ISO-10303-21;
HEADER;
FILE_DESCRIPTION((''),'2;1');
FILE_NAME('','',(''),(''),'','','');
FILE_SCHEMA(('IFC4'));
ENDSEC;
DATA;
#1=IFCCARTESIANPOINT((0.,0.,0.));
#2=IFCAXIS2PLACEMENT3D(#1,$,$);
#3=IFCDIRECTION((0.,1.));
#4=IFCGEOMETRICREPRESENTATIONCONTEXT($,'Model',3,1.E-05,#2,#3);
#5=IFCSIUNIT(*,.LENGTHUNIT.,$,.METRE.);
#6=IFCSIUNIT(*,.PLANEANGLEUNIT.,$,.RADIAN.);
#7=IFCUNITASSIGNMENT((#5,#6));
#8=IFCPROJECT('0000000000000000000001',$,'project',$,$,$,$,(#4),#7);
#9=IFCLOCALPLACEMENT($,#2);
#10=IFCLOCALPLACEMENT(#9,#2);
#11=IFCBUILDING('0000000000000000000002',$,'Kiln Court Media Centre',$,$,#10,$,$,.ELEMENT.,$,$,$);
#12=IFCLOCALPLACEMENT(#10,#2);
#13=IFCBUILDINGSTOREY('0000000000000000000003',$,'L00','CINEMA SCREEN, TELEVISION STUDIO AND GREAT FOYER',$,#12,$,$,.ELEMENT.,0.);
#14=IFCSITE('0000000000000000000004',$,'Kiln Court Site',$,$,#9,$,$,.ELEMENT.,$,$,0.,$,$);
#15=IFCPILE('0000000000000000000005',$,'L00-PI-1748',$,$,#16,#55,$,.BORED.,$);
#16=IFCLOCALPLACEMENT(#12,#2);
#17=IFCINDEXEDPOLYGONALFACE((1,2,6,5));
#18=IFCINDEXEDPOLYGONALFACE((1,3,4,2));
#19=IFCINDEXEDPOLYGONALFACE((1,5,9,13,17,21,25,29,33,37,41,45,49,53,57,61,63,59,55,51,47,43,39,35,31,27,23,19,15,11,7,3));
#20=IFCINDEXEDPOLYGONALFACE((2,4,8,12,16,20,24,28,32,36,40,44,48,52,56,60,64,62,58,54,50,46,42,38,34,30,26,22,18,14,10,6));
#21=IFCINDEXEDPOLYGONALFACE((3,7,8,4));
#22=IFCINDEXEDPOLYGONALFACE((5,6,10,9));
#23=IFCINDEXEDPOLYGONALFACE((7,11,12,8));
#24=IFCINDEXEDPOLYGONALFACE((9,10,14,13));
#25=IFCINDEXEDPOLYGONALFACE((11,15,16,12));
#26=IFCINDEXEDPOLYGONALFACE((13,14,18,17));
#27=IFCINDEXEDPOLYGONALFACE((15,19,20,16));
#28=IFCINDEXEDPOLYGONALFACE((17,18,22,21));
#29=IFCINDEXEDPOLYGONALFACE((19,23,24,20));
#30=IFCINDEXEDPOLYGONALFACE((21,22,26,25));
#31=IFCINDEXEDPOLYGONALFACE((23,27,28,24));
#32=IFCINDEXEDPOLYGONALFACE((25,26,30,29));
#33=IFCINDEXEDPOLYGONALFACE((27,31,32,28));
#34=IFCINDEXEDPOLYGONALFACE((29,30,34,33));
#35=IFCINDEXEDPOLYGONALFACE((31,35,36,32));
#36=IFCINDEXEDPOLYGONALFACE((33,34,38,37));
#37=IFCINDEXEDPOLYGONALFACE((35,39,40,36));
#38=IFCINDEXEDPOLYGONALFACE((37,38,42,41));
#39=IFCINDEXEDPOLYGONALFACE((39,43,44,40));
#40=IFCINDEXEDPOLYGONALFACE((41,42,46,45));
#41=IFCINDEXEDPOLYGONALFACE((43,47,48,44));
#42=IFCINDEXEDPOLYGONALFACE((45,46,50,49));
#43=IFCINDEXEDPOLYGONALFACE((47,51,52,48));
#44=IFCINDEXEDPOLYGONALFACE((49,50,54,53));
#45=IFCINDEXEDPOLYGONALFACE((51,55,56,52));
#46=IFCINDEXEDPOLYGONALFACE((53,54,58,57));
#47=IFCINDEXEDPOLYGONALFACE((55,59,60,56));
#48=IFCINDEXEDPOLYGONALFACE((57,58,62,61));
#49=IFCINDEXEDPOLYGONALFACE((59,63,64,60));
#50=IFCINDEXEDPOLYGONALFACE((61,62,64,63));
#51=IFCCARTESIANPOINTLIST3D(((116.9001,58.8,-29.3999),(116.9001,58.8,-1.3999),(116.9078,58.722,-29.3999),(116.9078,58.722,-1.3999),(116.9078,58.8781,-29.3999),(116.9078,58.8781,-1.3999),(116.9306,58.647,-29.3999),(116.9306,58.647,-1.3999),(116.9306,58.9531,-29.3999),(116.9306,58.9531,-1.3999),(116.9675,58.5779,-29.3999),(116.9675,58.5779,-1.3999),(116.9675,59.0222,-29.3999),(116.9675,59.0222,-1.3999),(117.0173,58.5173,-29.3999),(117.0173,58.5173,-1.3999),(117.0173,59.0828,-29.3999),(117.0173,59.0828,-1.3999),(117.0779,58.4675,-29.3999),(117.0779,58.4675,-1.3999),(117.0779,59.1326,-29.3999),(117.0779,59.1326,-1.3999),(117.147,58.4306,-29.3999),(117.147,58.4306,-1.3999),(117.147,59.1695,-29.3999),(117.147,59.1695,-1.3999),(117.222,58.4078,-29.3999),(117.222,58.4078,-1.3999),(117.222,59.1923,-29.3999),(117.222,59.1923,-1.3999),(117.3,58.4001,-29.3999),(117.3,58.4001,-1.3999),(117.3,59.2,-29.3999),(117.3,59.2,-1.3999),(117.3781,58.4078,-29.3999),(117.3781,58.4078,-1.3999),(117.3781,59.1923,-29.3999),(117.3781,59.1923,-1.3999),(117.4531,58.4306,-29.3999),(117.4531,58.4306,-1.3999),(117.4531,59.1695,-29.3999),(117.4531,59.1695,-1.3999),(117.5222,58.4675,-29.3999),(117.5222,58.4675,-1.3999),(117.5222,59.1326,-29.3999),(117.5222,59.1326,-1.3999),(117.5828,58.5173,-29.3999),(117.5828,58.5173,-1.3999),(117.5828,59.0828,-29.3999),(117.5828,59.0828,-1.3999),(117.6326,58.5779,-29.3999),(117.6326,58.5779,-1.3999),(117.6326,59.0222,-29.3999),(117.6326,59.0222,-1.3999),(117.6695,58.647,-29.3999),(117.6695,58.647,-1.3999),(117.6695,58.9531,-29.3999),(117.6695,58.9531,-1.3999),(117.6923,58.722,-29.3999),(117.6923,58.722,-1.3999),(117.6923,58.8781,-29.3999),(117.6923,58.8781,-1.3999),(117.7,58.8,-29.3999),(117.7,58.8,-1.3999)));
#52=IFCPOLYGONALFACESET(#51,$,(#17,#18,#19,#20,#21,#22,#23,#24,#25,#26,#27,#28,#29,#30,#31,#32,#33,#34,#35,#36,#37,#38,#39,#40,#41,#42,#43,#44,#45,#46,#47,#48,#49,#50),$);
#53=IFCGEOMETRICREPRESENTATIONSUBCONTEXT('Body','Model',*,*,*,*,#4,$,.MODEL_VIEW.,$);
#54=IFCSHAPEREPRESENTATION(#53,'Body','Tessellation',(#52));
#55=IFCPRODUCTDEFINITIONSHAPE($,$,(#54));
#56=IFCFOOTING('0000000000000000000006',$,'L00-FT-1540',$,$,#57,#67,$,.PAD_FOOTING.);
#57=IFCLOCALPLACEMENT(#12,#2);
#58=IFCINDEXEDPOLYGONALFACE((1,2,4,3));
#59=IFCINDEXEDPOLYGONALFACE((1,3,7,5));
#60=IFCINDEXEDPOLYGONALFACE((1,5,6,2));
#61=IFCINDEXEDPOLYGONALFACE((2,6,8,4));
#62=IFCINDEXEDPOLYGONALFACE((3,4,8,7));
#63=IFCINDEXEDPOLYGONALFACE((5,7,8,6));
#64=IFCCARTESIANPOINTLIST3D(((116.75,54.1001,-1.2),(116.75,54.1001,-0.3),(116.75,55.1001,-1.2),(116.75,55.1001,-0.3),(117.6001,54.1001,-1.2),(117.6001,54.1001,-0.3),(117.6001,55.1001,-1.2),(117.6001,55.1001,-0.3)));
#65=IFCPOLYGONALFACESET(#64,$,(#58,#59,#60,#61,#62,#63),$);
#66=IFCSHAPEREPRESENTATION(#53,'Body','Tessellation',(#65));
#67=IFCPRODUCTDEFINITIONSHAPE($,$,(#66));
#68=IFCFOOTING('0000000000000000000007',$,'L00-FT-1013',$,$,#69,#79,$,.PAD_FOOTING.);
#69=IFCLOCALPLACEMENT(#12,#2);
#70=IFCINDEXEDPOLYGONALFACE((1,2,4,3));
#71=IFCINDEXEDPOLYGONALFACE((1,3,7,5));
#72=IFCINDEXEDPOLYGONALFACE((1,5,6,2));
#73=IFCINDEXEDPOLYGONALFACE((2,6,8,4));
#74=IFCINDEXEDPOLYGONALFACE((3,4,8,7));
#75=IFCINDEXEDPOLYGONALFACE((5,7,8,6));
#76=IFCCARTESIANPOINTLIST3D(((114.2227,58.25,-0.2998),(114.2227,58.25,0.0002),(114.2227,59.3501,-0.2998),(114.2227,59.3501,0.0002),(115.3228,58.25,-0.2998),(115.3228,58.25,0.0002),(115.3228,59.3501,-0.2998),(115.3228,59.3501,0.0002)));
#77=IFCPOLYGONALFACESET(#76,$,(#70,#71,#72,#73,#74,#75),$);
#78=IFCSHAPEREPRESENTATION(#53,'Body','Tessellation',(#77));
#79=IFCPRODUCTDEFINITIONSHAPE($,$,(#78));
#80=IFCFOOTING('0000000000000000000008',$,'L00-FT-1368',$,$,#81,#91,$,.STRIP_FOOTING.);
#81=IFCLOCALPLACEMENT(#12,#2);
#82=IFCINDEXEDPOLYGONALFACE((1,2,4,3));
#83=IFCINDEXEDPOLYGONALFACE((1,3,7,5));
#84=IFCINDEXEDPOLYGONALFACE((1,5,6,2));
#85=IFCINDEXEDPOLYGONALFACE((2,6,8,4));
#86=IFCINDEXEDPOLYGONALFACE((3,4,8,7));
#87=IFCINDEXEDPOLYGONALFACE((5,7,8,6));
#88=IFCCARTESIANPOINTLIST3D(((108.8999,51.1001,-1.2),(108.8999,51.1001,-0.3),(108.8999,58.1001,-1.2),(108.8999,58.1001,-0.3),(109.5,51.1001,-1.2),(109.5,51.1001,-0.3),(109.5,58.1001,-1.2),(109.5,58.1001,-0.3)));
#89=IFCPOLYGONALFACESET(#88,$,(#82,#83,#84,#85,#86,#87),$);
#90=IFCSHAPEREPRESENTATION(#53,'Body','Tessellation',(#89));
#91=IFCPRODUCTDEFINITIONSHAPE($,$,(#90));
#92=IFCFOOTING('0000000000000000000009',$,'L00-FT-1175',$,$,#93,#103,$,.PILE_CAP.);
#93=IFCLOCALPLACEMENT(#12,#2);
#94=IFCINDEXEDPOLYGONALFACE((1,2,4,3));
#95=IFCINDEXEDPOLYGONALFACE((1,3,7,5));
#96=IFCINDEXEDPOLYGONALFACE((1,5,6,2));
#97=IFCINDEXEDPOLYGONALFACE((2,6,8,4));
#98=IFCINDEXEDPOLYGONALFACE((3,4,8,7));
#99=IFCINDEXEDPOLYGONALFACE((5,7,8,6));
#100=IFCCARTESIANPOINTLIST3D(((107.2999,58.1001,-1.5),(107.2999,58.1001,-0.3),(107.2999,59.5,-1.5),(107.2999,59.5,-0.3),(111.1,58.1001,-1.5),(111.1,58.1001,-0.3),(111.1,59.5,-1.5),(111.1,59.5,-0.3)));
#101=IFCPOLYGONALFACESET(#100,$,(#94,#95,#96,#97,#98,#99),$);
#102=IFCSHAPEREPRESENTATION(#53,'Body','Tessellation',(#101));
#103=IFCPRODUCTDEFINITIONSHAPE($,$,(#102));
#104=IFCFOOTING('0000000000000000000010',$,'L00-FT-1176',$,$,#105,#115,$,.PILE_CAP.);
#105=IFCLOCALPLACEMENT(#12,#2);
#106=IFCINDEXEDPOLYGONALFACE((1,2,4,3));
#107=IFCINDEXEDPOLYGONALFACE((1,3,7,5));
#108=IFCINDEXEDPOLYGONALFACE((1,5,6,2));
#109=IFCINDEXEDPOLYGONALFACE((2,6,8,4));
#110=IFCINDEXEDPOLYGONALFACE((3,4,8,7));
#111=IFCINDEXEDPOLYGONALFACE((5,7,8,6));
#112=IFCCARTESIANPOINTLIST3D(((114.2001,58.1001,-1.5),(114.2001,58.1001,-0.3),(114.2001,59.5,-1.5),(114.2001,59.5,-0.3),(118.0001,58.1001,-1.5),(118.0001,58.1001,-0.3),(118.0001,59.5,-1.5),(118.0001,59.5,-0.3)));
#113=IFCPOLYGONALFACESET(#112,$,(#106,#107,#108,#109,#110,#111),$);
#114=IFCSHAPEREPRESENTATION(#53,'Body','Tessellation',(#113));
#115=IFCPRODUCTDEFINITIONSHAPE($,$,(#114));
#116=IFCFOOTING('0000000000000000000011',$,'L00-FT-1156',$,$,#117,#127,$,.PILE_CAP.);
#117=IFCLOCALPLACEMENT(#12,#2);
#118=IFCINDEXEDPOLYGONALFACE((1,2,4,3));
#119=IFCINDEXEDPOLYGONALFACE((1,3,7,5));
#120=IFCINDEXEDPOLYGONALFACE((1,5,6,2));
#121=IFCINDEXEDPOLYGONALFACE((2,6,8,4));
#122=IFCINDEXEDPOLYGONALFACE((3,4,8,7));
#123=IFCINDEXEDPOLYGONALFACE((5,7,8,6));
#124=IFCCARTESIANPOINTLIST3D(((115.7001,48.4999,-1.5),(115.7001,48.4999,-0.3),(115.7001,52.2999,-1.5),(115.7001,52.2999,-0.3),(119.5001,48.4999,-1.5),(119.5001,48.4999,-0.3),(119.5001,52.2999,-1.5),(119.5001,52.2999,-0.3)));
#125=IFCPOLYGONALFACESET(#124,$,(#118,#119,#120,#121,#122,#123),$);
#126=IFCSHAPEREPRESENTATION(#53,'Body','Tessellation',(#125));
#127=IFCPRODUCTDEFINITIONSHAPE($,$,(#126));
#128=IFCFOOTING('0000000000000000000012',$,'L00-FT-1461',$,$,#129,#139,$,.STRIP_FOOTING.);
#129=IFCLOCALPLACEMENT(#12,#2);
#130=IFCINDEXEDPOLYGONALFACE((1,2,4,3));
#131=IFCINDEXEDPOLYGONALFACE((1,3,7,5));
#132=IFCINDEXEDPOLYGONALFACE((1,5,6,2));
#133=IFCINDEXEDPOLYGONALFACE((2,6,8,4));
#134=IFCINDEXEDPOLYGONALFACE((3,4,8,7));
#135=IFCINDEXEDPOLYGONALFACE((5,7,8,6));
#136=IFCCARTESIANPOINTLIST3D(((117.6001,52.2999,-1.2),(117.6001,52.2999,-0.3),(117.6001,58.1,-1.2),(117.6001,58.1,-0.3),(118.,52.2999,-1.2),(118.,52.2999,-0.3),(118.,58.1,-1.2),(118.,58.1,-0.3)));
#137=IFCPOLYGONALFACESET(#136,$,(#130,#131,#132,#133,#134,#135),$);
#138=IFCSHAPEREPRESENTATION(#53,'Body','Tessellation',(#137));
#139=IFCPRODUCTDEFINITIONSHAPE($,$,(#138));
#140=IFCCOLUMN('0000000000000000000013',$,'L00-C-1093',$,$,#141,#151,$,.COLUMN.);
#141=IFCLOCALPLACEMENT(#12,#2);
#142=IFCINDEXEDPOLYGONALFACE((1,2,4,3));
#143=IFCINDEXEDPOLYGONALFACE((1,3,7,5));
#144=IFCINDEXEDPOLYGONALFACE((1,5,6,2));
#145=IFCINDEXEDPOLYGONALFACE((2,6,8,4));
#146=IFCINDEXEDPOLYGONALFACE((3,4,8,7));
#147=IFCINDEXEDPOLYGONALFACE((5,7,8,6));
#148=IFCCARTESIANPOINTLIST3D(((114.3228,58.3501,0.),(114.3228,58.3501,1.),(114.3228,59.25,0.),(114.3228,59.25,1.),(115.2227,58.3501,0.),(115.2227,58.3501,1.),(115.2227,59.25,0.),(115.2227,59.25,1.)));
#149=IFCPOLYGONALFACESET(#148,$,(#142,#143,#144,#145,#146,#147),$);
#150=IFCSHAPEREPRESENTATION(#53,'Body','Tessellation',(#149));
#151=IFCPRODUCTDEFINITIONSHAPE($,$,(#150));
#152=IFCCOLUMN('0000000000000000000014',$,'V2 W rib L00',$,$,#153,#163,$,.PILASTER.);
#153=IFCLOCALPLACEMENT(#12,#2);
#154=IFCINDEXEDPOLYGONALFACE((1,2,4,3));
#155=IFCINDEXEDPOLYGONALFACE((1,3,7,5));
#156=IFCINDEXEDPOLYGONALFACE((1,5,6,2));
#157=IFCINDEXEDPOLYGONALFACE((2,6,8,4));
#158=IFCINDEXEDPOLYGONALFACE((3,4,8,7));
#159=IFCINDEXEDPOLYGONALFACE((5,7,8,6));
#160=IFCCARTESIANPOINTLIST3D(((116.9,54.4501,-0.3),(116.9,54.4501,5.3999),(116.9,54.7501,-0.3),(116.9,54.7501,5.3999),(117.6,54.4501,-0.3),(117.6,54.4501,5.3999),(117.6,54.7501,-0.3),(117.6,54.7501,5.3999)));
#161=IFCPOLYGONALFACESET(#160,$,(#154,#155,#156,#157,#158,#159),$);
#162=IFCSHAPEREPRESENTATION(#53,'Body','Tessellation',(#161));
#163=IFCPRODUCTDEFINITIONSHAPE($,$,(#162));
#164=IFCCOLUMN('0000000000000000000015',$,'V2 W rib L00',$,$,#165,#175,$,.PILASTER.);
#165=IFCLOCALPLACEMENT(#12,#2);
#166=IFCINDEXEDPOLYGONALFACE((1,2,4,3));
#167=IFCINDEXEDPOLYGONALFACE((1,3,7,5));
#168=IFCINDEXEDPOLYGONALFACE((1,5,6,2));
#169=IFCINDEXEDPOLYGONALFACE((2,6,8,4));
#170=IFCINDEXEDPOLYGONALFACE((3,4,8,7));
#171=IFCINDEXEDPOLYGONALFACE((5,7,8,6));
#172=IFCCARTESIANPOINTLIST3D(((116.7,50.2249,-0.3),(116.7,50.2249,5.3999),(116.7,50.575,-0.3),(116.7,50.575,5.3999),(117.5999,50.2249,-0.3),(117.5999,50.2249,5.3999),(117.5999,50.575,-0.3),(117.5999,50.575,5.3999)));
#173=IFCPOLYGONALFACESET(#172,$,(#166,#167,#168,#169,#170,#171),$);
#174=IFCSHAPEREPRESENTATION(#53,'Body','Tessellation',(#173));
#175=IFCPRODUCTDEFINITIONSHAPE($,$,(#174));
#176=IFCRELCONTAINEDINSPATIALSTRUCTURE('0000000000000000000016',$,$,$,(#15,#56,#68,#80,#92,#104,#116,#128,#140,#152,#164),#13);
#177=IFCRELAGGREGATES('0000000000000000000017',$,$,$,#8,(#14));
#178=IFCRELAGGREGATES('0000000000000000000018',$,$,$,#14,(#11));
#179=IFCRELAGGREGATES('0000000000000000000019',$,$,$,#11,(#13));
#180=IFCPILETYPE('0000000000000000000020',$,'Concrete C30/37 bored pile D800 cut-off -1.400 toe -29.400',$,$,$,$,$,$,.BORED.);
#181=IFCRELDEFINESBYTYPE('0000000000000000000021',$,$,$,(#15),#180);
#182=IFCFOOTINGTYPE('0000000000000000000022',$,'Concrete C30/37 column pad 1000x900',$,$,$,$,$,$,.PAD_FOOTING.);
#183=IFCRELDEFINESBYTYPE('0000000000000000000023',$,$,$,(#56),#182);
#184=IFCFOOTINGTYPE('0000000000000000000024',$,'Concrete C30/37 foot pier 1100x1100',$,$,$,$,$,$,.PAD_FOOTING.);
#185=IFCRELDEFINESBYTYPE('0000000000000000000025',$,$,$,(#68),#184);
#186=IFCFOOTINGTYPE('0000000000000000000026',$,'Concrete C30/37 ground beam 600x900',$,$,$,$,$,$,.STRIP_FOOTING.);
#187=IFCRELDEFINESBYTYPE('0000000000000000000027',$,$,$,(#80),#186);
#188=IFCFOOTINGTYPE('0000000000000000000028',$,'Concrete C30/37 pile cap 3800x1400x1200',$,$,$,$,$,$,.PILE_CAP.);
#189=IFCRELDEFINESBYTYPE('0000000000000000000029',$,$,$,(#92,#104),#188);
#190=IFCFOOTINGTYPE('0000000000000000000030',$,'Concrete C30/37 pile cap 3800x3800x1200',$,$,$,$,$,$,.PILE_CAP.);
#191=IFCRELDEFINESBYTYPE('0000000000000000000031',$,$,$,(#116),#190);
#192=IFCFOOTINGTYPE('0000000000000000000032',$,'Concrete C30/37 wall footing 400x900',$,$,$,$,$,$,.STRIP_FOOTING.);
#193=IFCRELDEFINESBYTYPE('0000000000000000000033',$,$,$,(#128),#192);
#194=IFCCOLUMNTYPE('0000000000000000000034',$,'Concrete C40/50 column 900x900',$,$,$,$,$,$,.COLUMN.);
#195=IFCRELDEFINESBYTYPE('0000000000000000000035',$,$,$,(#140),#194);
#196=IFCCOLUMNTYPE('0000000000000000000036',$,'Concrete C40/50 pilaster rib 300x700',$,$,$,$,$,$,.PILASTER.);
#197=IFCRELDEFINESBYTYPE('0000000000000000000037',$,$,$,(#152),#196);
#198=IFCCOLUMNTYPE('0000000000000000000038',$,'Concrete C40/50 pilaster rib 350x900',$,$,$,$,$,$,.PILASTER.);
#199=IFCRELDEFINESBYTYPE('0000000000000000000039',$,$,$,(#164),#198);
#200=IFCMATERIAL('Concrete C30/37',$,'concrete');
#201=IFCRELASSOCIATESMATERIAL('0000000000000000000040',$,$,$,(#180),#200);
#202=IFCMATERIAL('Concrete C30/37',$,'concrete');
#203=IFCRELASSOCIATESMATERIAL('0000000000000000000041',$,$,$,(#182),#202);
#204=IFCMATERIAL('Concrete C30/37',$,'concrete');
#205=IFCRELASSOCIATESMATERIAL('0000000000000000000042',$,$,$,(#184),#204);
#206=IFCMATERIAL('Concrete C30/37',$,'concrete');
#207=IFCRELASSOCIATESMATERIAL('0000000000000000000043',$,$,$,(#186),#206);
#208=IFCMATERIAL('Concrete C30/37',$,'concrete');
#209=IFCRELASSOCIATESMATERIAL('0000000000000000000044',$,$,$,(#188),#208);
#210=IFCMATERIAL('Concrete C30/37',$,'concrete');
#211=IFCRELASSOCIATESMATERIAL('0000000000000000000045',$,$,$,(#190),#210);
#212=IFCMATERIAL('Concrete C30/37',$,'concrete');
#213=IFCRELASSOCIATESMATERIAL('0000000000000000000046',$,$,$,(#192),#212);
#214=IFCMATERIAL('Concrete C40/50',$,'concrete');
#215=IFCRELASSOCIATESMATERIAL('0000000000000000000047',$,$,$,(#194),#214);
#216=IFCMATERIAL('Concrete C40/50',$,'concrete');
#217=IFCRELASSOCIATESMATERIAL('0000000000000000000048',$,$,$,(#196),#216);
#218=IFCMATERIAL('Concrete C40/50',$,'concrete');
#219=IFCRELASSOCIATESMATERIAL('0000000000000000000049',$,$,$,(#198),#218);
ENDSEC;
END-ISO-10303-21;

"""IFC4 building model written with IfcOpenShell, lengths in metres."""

from ifc_helpers import new_model, si_unit, direction, frame, origin, origin_2d, place, context, subcontext, project, spatial, rectangle, circle, extrude, material, material_profile, profile_set, type_object, element, save


model = new_model("IFC4")

# Units and contexts
model_context = context("Model", 3, precision=1e-05, world=origin(), true_north=direction((0.0, 1.0)))
body_context = subcontext(model_context, "Body", "Model", "MODEL_VIEW")
ifc_project = project(units=[si_unit("LENGTHUNIT", "METRE"), si_unit("PLANEANGLEUNIT", "RADIAN")], contexts=[model_context])

# Site, building, storey
site_placement = place(None, origin())
site = spatial("IfcSite", under=ifc_project, at=site_placement, Name="Kiln Court Site", CompositionType="ELEMENT", RefElevation=0.0)
building_placement = place(site_placement, origin())
building = spatial("IfcBuilding", under=site, at=building_placement, Name="Kiln Court Media Centre", CompositionType="ELEMENT")
storey_placement = place(building_placement, origin())
storey = spatial("IfcBuildingStorey", under=building, at=storey_placement, Name="L00", Description="CINEMA SCREEN, TELEVISION STUDIO AND GREAT FOYER", CompositionType="ELEMENT", Elevation=0.0)

# Pile
ifc_material_1 = material(Name="Concrete C30/37", Category="concrete")
ifc_material_profile_1 = material_profile(ifc_material_1, circle(Radius=0.3999, at=origin_2d()), Name="PILE D800")
ifc_profile_set_1 = profile_set([ifc_material_profile_1], Name="Concrete C30/37")
pile_type = type_object("IfcPileType", Name="Concrete C30/37 bored pile D800 cut-off -1.400 toe -29.400", PredefinedType="BORED", material=ifc_profile_set_1)
for number, where, z_axis, x_axis, name in (
    (1, (117.3, 58.8, -1.3999), (0.0, 0.0, -1.0), (1.0, 0.0, 0.0), "L00-PI-1748"),
):
    element("IfcPile", number, at=place(storey_placement, frame(where, z_axis=z_axis, x_axis=x_axis)), inside=storey, type_object=pile_type, Name=name, PredefinedType="BORED", context=body_context, shape_type="SweptSolid", body=[
        extrude(circle(Radius=0.3999, at=origin_2d()), origin(), (0.0, 0.0, 1.0), 28.0),
    ])

# Footings
ifc_material_2 = material(Name="Concrete C30/37", Category="concrete")
footing_type_1 = type_object("IfcFootingType", Name="Concrete C30/37 column pad 1000x900", PredefinedType="PAD_FOOTING", material=ifc_material_2)
footing_1_placement = place(storey_placement, frame((117.175, 54.6001, -1.2), z_axis=(0.0, 0.0, 1.0), x_axis=(1.0, 0.0, 0.0)))
element("IfcFooting", 2, at=footing_1_placement, inside=storey, type_object=footing_type_1, Name="L00-FT-1540", PredefinedType="PAD_FOOTING", context=body_context, shape_type="SweptSolid", body=[
    extrude(rectangle(XDim=0.8501, YDim=1.0, at=origin_2d()), origin(), (0.0, 0.0, 1.0), 0.8999),
])
ifc_material_3 = material(Name="Concrete C30/37", Category="concrete")
footing_type_2 = type_object("IfcFootingType", Name="Concrete C30/37 foot pier 1100x1100", PredefinedType="PAD_FOOTING", material=ifc_material_3)
footing_2_placement = place(storey_placement, frame((114.7727, 58.8, -0.2998), z_axis=(0.0, 0.0, 1.0), x_axis=(1.0, 0.0, 0.0)))
element("IfcFooting", 3, at=footing_2_placement, inside=storey, type_object=footing_type_2, Name="L00-FT-1013", PredefinedType="PAD_FOOTING", context=body_context, shape_type="SweptSolid", body=[
    extrude(rectangle(XDim=1.1001, YDim=1.1001, at=origin_2d()), origin(), (0.0, 0.0, 1.0), 0.3),
])
ifc_material_4 = material(Name="Concrete C30/37", Category="concrete")
footing_type_3 = type_object("IfcFootingType", Name="Concrete C30/37 ground beam 600x900", PredefinedType="STRIP_FOOTING", material=ifc_material_4)
footing_3_placement = place(storey_placement, frame((109.2, 54.6001, -1.2), z_axis=(0.0, 0.0, 1.0), x_axis=(1.0, 0.0, 0.0)))
element("IfcFooting", 4, at=footing_3_placement, inside=storey, type_object=footing_type_3, Name="L00-FT-1368", PredefinedType="STRIP_FOOTING", context=body_context, shape_type="SweptSolid", body=[
    extrude(rectangle(XDim=0.6001, YDim=7.0, at=origin_2d()), origin(), (0.0, 0.0, 1.0), 0.8999),
])
ifc_material_5 = material(Name="Concrete C30/37", Category="concrete")
footing_type_4 = type_object("IfcFootingType", Name="Concrete C30/37 pile cap 3800x1400x1200", PredefinedType="PILE_CAP", material=ifc_material_5)
for number, where, z_axis, x_axis, name in (
    (5, (109.2, 58.8, -1.5), (0.0, 0.0, 1.0), (1.0, 0.0, 0.0), "L00-FT-1175"),
    (6, (116.1001, 58.8, -1.5), (0.0, 0.0, 1.0), (1.0, 0.0, 0.0), "L00-FT-1176"),
):
    element("IfcFooting", number, at=place(storey_placement, frame(where, z_axis=z_axis, x_axis=x_axis)), inside=storey, type_object=footing_type_4, Name=name, PredefinedType="PILE_CAP", context=body_context, shape_type="SweptSolid", body=[
        extrude(rectangle(XDim=3.8, YDim=1.3999, at=origin_2d()), origin(), (0.0, 0.0, 1.0), 1.2),
    ])
ifc_material_6 = material(Name="Concrete C30/37", Category="concrete")
footing_type_5 = type_object("IfcFootingType", Name="Concrete C30/37 pile cap 3800x3800x1200", PredefinedType="PILE_CAP", material=ifc_material_6)
footing_4_placement = place(storey_placement, frame((117.6001, 50.3999, -1.5), z_axis=(0.0, 0.0, 1.0), x_axis=(1.0, 0.0, 0.0)))
element("IfcFooting", 7, at=footing_4_placement, inside=storey, type_object=footing_type_5, Name="L00-FT-1156", PredefinedType="PILE_CAP", context=body_context, shape_type="SweptSolid", body=[
    extrude(rectangle(XDim=3.8, YDim=3.8, at=origin_2d()), origin(), (0.0, 0.0, 1.0), 1.2),
])
ifc_material_7 = material(Name="Concrete C30/37", Category="concrete")
footing_type_6 = type_object("IfcFootingType", Name="Concrete C30/37 wall footing 400x900", PredefinedType="STRIP_FOOTING", material=ifc_material_7)
footing_5_placement = place(storey_placement, frame((117.8, 55.2, -1.2), z_axis=(0.0, 0.0, 1.0), x_axis=(1.0, 0.0, 0.0)))
element("IfcFooting", 8, at=footing_5_placement, inside=storey, type_object=footing_type_6, Name="L00-FT-1461", PredefinedType="STRIP_FOOTING", context=body_context, shape_type="SweptSolid", body=[
    extrude(rectangle(XDim=0.3999, YDim=5.8, at=origin_2d()), origin(), (0.0, 0.0, 1.0), 0.8999),
])

# Columns
ifc_material_8 = material(Name="Concrete C40/50", Category="concrete")
ifc_material_profile_2 = material_profile(ifc_material_8, rectangle(XDim=0.8999, YDim=0.8999, at=origin_2d()), Name="RC 900x900")
ifc_profile_set_2 = profile_set([ifc_material_profile_2], Name="Concrete C40/50")
column_type_1 = type_object("IfcColumnType", Name="Concrete C40/50 column 900x900", PredefinedType="COLUMN", material=ifc_profile_set_2)
column_1_placement = place(storey_placement, frame((114.7727, 58.8, 0.0), z_axis=(0.0, 0.0, 1.0), x_axis=(1.0, 0.0, 0.0)))
element("IfcColumn", 9, at=column_1_placement, inside=storey, type_object=column_type_1, Name="L00-C-1093", PredefinedType="COLUMN", context=body_context, shape_type="SweptSolid", body=[
    extrude(rectangle(XDim=0.8999, YDim=0.8999, at=origin_2d()), origin(), (0.0, 0.0, 1.0), 1.0),
])
ifc_material_9 = material(Name="Concrete C40/50", Category="concrete")
ifc_material_profile_3 = material_profile(ifc_material_9, rectangle(XDim=0.3, YDim=0.7, at=origin_2d()), Name="RC 300x700")
ifc_profile_set_3 = profile_set([ifc_material_profile_3], Name="Concrete C40/50")
column_type_2 = type_object("IfcColumnType", Name="Concrete C40/50 pilaster rib 300x700", PredefinedType="PILASTER", material=ifc_profile_set_3)
column_2_placement = place(storey_placement, frame((117.25, 54.6001, -0.3), z_axis=(0.0, 0.0, 1.0), x_axis=(0.0, 1.0, 0.0)))
element("IfcColumn", 10, at=column_2_placement, inside=storey, type_object=column_type_2, Name="V2 W rib L00", PredefinedType="PILASTER", context=body_context, shape_type="SweptSolid", body=[
    extrude(rectangle(XDim=0.3, YDim=0.7, at=origin_2d()), origin(), (0.0, 0.0, 1.0), 5.7),
])
ifc_material_10 = material(Name="Concrete C40/50", Category="concrete")
ifc_material_profile_4 = material_profile(ifc_material_10, rectangle(XDim=0.3501, YDim=0.8999, at=origin_2d()), Name="RC 350x900")
ifc_profile_set_4 = profile_set([ifc_material_profile_4], Name="Concrete C40/50")
column_type_3 = type_object("IfcColumnType", Name="Concrete C40/50 pilaster rib 350x900", PredefinedType="PILASTER", material=ifc_profile_set_4)
for number, where, z_axis, x_axis, name in (
    (11, (117.1499, 50.3999, -0.3), (0.0, 0.0, 1.0), (0.0, 1.0, 0.0), "V2 W rib L00"),
):
    element("IfcColumn", number, at=place(storey_placement, frame(where, z_axis=z_axis, x_axis=x_axis)), inside=storey, type_object=column_type_3, Name=name, PredefinedType="PILASTER", context=body_context, shape_type="SweptSolid", body=[
        extrude(rectangle(XDim=0.3501, YDim=0.8999, at=origin_2d()), origin(), (0.0, 0.0, 1.0), 5.7),
    ])

save(model, "model.ifc")
